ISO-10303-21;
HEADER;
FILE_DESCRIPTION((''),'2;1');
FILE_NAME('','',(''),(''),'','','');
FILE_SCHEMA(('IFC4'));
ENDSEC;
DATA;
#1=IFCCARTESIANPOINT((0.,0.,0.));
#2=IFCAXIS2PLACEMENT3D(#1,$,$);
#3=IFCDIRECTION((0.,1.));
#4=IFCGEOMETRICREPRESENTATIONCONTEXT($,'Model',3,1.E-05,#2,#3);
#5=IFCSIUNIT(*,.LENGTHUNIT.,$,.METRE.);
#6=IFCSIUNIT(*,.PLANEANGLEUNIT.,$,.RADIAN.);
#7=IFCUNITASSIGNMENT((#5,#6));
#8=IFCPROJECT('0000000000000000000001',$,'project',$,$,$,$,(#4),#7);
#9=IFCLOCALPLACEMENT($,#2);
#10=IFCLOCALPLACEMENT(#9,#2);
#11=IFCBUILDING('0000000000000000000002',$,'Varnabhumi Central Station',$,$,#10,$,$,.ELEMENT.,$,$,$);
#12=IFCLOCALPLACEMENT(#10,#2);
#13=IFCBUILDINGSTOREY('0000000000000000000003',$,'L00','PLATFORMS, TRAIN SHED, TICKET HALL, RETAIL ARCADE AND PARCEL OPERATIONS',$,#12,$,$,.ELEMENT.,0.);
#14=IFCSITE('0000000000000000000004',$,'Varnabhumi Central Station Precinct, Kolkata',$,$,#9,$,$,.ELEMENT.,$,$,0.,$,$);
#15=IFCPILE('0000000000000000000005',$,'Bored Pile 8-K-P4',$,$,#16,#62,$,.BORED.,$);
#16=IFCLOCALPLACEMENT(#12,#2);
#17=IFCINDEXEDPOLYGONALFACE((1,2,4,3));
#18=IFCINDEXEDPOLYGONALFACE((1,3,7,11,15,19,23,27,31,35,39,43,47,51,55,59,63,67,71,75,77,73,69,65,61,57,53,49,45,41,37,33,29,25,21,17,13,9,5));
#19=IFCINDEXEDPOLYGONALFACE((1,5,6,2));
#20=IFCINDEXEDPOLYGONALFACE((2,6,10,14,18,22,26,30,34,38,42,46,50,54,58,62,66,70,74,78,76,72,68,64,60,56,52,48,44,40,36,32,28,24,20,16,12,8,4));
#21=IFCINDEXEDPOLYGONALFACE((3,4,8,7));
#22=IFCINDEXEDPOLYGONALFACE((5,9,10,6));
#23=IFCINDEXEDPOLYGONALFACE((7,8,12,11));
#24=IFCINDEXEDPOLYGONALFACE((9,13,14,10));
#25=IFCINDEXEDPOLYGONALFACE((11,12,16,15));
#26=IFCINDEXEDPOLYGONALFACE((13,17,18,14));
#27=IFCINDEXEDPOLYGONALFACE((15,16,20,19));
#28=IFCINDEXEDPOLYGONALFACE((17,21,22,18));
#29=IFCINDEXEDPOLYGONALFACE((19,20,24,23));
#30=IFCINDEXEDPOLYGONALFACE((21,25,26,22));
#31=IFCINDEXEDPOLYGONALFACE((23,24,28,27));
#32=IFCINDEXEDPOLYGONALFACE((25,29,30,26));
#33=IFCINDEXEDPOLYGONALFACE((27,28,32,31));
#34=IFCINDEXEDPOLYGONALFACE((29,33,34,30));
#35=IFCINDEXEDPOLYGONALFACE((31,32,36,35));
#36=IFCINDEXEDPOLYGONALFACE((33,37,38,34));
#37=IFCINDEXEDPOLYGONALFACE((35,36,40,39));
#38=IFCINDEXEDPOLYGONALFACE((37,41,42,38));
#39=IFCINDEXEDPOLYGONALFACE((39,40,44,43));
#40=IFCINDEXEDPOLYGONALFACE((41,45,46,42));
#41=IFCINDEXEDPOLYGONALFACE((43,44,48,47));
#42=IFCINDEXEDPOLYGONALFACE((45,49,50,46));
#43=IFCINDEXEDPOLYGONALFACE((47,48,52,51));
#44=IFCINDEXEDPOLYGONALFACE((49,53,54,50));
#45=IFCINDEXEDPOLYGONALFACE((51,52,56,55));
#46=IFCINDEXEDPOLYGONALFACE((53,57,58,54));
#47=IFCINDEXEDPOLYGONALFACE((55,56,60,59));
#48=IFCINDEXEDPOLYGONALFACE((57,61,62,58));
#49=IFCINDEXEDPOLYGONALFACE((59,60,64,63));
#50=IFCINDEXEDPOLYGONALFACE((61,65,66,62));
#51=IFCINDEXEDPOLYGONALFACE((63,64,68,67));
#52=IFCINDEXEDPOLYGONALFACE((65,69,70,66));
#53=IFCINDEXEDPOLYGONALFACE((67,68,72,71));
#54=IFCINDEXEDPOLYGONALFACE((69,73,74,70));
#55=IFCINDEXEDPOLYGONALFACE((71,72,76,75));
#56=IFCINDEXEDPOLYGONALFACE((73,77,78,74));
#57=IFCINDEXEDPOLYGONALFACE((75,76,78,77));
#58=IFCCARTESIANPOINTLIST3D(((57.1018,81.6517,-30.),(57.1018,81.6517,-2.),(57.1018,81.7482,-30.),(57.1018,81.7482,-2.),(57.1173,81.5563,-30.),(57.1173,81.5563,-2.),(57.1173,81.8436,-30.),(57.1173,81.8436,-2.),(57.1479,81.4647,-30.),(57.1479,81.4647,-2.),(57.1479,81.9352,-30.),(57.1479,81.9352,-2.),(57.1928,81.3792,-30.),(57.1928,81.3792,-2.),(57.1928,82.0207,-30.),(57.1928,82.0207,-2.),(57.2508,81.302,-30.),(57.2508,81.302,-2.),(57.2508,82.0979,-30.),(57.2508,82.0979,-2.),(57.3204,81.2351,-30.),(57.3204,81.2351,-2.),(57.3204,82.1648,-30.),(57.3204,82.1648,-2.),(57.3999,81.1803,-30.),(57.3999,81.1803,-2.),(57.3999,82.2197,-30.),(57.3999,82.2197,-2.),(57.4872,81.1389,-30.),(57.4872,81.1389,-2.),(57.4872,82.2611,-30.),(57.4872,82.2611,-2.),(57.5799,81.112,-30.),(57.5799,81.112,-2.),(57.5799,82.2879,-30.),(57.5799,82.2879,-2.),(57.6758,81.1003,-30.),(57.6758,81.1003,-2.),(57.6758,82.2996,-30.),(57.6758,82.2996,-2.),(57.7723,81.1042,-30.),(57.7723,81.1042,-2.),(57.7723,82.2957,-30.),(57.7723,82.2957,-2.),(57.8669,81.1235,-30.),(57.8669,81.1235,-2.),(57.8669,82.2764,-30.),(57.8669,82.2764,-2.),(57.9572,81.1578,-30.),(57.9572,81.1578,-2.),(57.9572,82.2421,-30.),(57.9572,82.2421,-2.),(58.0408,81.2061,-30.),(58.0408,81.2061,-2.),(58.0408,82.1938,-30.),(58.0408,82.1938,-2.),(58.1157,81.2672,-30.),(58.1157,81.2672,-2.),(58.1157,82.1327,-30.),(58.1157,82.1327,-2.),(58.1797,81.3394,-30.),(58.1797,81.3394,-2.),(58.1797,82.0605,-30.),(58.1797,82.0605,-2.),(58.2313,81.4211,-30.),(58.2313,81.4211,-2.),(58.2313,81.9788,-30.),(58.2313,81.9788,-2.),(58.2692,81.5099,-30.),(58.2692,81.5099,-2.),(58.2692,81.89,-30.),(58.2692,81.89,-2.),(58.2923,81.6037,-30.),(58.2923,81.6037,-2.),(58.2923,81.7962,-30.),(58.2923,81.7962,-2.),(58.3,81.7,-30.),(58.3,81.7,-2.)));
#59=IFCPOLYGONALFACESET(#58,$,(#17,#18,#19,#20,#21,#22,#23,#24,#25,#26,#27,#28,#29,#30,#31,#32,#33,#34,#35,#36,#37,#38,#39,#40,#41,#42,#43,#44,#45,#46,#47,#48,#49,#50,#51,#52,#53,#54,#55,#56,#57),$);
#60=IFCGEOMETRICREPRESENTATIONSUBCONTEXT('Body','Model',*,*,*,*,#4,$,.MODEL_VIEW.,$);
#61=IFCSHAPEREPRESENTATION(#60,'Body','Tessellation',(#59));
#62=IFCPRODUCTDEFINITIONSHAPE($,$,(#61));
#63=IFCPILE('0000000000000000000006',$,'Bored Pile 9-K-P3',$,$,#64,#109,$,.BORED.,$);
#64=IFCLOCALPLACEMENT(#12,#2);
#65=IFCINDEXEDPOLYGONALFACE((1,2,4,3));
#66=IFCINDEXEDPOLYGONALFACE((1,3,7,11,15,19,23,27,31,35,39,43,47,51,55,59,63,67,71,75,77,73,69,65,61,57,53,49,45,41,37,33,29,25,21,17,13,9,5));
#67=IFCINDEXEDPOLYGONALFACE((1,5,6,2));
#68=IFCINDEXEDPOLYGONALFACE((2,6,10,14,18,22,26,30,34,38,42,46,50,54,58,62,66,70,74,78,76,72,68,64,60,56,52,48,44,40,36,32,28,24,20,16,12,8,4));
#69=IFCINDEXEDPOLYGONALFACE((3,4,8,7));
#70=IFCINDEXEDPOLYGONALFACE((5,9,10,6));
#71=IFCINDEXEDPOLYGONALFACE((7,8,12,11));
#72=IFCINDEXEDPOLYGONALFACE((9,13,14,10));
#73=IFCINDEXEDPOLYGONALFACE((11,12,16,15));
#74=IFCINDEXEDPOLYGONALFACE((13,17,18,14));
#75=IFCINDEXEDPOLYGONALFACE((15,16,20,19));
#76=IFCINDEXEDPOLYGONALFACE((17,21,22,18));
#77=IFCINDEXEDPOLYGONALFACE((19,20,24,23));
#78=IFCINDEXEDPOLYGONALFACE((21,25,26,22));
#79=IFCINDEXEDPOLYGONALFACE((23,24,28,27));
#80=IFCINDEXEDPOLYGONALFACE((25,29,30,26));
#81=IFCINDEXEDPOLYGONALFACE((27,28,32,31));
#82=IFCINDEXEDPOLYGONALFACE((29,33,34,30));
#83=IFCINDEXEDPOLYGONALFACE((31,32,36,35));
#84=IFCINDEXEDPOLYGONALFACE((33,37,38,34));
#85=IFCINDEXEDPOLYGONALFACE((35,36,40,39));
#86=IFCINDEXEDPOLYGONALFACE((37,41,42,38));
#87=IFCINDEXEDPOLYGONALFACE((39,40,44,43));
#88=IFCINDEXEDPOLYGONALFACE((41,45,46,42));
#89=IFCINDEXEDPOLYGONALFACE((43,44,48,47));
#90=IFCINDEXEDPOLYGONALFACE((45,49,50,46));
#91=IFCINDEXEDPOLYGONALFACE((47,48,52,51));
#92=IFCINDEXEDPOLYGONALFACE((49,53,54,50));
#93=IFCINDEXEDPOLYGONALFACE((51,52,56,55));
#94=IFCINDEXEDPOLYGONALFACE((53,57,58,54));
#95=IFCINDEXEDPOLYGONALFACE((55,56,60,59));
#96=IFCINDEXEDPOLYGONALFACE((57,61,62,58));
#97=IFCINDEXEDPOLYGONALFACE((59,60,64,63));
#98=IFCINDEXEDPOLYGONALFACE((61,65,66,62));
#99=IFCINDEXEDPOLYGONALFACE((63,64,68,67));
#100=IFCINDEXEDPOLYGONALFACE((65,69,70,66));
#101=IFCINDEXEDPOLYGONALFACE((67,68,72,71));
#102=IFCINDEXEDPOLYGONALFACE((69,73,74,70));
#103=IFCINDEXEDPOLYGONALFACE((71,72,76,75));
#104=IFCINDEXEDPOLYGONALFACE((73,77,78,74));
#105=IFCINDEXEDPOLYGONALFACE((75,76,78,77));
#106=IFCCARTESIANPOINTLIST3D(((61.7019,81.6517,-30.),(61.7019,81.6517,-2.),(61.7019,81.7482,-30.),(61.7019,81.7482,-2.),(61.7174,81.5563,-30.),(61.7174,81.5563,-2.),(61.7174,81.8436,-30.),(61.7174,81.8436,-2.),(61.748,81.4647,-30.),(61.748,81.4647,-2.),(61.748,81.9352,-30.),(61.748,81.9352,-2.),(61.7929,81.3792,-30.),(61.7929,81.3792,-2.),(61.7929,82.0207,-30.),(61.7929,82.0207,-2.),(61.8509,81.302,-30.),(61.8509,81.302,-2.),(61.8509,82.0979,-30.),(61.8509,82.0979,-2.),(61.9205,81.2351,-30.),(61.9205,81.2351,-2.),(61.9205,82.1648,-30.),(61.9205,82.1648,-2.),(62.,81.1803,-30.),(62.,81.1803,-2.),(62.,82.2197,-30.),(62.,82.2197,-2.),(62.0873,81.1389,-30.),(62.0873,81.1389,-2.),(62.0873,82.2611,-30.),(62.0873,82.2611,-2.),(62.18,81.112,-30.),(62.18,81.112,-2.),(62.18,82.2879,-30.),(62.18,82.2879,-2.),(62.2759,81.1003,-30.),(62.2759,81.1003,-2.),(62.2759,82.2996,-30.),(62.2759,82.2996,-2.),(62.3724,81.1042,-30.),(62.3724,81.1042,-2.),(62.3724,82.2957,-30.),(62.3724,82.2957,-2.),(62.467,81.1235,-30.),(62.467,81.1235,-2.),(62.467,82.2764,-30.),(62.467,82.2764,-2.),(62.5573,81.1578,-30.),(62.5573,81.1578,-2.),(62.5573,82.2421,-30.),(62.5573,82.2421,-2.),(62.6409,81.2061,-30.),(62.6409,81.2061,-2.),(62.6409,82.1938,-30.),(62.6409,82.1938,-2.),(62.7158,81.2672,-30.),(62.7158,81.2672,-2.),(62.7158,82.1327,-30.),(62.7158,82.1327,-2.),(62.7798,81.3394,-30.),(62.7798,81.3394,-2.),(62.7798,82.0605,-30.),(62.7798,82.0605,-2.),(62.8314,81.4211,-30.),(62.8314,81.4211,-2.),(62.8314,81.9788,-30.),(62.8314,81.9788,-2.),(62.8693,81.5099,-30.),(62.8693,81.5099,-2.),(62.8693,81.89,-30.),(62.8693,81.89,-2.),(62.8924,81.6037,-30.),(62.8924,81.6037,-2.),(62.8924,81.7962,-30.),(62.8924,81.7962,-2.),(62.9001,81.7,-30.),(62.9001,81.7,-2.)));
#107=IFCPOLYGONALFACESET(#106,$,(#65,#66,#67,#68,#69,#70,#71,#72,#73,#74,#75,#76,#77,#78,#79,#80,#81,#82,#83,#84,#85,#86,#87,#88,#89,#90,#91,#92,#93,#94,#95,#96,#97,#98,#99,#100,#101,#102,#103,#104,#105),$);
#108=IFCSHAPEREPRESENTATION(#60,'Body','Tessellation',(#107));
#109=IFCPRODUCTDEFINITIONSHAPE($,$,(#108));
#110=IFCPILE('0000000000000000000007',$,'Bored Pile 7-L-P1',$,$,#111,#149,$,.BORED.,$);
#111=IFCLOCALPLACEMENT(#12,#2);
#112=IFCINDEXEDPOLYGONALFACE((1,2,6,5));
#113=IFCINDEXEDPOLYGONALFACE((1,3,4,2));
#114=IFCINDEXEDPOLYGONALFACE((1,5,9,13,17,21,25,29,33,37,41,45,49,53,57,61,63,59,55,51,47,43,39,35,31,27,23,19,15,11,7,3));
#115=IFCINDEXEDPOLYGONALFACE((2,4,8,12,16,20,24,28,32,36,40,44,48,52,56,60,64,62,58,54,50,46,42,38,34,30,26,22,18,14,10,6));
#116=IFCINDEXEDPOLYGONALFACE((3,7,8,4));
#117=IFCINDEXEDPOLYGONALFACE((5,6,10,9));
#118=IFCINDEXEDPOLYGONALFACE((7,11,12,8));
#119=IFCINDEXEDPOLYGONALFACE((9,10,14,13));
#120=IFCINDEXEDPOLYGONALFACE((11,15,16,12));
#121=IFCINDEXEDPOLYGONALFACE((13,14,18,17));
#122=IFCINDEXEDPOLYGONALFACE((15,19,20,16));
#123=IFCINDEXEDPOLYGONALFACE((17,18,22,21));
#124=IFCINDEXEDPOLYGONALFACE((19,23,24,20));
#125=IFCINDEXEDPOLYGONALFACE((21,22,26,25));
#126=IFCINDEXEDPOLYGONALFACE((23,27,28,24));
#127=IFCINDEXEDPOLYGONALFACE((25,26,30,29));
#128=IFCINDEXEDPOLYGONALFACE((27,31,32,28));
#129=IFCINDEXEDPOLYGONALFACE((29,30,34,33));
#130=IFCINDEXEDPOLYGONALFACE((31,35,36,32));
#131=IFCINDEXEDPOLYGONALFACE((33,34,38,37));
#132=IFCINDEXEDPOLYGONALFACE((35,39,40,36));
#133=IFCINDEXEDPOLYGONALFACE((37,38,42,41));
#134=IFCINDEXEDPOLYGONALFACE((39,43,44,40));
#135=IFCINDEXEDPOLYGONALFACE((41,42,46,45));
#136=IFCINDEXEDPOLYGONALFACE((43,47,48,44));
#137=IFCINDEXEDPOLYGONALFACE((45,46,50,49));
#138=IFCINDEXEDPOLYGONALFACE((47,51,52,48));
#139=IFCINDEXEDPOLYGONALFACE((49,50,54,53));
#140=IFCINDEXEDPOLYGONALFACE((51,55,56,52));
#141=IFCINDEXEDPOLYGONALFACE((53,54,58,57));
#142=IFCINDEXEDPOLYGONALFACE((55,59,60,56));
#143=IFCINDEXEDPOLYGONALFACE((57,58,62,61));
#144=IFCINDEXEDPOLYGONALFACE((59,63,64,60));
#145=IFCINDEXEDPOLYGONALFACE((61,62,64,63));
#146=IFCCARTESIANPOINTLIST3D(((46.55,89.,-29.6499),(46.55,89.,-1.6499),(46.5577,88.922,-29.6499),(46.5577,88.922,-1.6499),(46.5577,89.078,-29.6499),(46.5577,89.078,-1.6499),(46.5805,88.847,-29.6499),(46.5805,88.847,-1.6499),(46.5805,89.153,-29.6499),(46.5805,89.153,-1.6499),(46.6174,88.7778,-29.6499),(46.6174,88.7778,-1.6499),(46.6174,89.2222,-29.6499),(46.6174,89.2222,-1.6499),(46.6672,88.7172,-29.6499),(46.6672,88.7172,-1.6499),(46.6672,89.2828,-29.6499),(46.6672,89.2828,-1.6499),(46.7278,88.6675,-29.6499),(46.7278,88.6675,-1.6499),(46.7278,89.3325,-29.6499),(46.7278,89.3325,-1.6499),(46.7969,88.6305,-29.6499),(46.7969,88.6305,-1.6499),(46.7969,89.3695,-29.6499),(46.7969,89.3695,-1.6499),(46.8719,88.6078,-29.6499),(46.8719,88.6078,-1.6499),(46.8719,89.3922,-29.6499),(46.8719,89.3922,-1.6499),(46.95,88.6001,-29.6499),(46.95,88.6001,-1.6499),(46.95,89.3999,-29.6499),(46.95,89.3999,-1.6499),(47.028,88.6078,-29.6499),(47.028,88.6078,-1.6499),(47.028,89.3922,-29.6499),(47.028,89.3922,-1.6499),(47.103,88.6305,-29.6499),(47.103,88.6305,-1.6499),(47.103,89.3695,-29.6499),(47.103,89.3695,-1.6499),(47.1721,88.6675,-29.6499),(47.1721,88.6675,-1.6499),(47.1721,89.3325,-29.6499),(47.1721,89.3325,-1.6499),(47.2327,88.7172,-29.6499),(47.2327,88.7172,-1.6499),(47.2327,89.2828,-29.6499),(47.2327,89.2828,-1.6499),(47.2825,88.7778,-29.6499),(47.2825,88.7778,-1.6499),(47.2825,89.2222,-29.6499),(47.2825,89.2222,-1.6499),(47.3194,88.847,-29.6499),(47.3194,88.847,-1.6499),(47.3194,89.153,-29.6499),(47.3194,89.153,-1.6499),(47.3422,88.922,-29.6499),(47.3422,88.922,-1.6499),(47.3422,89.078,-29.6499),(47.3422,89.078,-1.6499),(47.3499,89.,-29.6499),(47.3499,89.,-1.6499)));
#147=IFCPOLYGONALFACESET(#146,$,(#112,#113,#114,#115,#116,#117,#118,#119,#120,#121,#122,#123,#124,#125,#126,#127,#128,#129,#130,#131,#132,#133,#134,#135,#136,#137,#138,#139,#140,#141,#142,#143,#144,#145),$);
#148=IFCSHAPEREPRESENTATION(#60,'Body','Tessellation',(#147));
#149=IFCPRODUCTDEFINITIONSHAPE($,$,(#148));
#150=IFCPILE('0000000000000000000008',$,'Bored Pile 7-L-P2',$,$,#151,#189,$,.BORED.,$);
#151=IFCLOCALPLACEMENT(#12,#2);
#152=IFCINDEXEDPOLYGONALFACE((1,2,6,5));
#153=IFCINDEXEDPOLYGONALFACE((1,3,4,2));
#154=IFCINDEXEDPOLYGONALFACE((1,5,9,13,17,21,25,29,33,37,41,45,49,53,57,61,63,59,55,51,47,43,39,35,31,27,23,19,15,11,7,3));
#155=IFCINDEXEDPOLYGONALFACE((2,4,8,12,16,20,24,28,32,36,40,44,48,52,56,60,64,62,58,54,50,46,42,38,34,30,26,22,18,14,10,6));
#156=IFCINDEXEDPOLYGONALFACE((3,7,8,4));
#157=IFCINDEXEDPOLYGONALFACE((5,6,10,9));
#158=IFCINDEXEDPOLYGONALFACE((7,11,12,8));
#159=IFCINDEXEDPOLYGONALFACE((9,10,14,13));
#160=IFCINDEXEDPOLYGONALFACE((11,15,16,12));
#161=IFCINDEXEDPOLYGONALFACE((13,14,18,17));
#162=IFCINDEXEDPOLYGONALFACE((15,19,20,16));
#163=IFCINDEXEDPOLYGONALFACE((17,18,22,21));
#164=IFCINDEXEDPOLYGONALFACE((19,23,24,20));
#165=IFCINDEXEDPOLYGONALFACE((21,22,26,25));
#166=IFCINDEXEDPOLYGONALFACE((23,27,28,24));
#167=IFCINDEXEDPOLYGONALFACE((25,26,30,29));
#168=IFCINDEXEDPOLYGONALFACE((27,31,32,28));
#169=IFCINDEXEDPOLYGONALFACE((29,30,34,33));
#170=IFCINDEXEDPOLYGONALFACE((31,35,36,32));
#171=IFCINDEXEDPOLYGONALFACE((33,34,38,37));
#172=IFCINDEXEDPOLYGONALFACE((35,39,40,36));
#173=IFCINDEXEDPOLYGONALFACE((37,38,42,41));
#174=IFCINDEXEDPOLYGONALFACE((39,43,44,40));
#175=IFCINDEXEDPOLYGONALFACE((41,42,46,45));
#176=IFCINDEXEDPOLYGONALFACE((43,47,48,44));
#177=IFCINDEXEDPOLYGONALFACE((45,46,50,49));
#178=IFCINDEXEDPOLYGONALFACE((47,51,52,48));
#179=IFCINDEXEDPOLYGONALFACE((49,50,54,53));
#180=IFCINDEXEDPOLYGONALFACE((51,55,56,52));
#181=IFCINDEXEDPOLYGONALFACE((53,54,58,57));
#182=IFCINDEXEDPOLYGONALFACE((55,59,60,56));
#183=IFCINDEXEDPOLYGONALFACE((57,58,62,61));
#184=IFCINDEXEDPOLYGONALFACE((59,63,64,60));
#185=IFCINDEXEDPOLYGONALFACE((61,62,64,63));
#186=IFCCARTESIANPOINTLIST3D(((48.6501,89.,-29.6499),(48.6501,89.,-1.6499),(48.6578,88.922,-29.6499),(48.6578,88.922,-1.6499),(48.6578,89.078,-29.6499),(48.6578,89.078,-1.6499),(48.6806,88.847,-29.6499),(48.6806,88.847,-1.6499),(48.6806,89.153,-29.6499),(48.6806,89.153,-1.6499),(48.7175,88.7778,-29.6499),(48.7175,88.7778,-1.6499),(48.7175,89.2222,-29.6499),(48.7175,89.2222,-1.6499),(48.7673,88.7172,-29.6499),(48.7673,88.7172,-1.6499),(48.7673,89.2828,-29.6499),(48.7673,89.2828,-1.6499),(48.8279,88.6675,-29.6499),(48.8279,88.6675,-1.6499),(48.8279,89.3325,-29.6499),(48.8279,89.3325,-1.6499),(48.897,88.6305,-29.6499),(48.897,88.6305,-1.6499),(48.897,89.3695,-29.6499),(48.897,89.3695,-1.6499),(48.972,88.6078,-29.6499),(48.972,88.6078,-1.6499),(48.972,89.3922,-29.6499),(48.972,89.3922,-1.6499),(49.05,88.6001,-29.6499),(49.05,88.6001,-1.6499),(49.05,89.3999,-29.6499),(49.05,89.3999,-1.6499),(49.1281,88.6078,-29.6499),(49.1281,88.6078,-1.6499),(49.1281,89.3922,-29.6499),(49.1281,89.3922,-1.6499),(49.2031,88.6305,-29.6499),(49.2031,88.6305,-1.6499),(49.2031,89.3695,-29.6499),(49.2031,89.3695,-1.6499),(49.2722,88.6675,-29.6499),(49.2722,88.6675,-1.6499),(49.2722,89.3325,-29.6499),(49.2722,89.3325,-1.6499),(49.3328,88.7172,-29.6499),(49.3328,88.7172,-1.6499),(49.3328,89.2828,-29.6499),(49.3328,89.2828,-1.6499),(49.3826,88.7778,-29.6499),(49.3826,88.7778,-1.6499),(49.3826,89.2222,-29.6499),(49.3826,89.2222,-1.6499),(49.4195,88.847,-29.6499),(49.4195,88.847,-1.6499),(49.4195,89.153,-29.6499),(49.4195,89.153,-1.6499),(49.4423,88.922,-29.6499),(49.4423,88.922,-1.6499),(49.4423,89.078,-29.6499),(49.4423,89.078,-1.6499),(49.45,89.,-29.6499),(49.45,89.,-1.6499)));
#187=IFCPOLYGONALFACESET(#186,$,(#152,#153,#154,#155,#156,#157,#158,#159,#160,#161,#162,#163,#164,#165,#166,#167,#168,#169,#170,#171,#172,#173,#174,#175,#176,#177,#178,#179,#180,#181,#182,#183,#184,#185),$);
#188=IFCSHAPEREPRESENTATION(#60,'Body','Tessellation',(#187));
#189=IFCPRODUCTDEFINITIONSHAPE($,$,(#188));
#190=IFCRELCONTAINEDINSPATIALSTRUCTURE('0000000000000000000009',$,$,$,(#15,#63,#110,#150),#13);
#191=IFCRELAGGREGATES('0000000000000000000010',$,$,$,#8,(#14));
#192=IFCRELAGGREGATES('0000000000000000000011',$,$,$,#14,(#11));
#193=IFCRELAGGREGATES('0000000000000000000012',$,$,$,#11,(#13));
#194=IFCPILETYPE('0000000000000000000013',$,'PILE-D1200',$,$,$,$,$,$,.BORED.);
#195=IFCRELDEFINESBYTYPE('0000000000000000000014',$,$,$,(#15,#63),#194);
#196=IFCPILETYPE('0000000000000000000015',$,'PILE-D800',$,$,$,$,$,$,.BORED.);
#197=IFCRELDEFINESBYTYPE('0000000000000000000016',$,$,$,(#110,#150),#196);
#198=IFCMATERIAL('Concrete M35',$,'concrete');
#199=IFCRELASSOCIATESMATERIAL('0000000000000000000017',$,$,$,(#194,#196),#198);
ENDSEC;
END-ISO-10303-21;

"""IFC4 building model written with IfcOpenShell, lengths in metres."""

from ifc_helpers import new_model, si_unit, direction, frame, origin, origin_2d, place, context, subcontext, project, spatial, circle, extrude, material, material_profile, profile_set, type_object, element, save


model = new_model("IFC4")

# Units and contexts
model_context = context("Model", 3, precision=1e-05, world=origin(), true_north=direction((0.0, 1.0)))
body_context = subcontext(model_context, "Body", "Model", "MODEL_VIEW")
ifc_project = project(units=[si_unit("LENGTHUNIT", "METRE"), si_unit("PLANEANGLEUNIT", "RADIAN")], contexts=[model_context])

# Site, building, storey
site_placement = place(None, origin())
site = spatial("IfcSite", under=ifc_project, at=site_placement, Name="Varnabhumi Central Station Precinct, Kolkata", CompositionType="ELEMENT", RefElevation=0.0)
building_placement = place(site_placement, origin())
building = spatial("IfcBuilding", under=site, at=building_placement, Name="Varnabhumi Central Station", CompositionType="ELEMENT")
storey_placement = place(building_placement, origin())
storey = spatial("IfcBuildingStorey", under=building, at=storey_placement, Name="L00", Description="PLATFORMS, TRAIN SHED, TICKET HALL, RETAIL ARCADE AND PARCEL OPERATIONS", CompositionType="ELEMENT", Elevation=0.0)

# Piles
ifc_material_1 = material(Name="Concrete M35", Category="concrete")
ifc_material_profile_1 = material_profile(ifc_material_1, circle(Radius=0.6001, at=origin_2d()), Name="Concrete M35", Category="concrete")
ifc_profile_set_1 = profile_set([ifc_material_profile_1], Name="Concrete M35")
pile_type_1 = type_object("IfcPileType", Name="PILE-D1200", PredefinedType="BORED", material=ifc_profile_set_1)
for number, where, z_axis, x_axis, name in (
    (1, (57.7, 81.7, -2.0), (0.0, 0.0, -1.0), (1.0, 0.0, 0.0), "Bored Pile 8-K-P4"),
    (2, (62.3, 81.7, -2.0), (0.0, 0.0, -1.0), (1.0, 0.0, 0.0), "Bored Pile 9-K-P3"),
):
    element("IfcPile", number, at=place(storey_placement, frame(where, z_axis=z_axis, x_axis=x_axis)), inside=storey, type_object=pile_type_1, Name=name, PredefinedType="BORED", context=body_context, shape_type="SweptSolid", body=[
        extrude(circle(Radius=0.6001, at=origin_2d()), origin(), (0.0, 0.0, 1.0), 28.0),
    ])
ifc_material_profile_2 = material_profile(ifc_material_1, circle(Radius=0.3999, at=origin_2d()), Name="Concrete M35", Category="concrete")
ifc_profile_set_2 = profile_set([ifc_material_profile_2], Name="Concrete M35")
pile_type_2 = type_object("IfcPileType", Name="PILE-D800", PredefinedType="BORED", material=ifc_profile_set_2)
for number, where, z_axis, x_axis, name in (
    (3, (46.95, 89.0, -1.6499), (0.0, 0.0, -1.0), (1.0, 0.0, 0.0), "Bored Pile 7-L-P1"),
    (4, (49.05, 89.0, -1.6499), (0.0, 0.0, -1.0), (1.0, 0.0, 0.0), "Bored Pile 7-L-P2"),
):
    element("IfcPile", number, at=place(storey_placement, frame(where, z_axis=z_axis, x_axis=x_axis)), inside=storey, type_object=pile_type_2, Name=name, PredefinedType="BORED", context=body_context, shape_type="SweptSolid", body=[
        extrude(circle(Radius=0.3999, at=origin_2d()), origin(), (0.0, 0.0, 1.0), 28.0),
    ])

save(model, "model.ifc")
